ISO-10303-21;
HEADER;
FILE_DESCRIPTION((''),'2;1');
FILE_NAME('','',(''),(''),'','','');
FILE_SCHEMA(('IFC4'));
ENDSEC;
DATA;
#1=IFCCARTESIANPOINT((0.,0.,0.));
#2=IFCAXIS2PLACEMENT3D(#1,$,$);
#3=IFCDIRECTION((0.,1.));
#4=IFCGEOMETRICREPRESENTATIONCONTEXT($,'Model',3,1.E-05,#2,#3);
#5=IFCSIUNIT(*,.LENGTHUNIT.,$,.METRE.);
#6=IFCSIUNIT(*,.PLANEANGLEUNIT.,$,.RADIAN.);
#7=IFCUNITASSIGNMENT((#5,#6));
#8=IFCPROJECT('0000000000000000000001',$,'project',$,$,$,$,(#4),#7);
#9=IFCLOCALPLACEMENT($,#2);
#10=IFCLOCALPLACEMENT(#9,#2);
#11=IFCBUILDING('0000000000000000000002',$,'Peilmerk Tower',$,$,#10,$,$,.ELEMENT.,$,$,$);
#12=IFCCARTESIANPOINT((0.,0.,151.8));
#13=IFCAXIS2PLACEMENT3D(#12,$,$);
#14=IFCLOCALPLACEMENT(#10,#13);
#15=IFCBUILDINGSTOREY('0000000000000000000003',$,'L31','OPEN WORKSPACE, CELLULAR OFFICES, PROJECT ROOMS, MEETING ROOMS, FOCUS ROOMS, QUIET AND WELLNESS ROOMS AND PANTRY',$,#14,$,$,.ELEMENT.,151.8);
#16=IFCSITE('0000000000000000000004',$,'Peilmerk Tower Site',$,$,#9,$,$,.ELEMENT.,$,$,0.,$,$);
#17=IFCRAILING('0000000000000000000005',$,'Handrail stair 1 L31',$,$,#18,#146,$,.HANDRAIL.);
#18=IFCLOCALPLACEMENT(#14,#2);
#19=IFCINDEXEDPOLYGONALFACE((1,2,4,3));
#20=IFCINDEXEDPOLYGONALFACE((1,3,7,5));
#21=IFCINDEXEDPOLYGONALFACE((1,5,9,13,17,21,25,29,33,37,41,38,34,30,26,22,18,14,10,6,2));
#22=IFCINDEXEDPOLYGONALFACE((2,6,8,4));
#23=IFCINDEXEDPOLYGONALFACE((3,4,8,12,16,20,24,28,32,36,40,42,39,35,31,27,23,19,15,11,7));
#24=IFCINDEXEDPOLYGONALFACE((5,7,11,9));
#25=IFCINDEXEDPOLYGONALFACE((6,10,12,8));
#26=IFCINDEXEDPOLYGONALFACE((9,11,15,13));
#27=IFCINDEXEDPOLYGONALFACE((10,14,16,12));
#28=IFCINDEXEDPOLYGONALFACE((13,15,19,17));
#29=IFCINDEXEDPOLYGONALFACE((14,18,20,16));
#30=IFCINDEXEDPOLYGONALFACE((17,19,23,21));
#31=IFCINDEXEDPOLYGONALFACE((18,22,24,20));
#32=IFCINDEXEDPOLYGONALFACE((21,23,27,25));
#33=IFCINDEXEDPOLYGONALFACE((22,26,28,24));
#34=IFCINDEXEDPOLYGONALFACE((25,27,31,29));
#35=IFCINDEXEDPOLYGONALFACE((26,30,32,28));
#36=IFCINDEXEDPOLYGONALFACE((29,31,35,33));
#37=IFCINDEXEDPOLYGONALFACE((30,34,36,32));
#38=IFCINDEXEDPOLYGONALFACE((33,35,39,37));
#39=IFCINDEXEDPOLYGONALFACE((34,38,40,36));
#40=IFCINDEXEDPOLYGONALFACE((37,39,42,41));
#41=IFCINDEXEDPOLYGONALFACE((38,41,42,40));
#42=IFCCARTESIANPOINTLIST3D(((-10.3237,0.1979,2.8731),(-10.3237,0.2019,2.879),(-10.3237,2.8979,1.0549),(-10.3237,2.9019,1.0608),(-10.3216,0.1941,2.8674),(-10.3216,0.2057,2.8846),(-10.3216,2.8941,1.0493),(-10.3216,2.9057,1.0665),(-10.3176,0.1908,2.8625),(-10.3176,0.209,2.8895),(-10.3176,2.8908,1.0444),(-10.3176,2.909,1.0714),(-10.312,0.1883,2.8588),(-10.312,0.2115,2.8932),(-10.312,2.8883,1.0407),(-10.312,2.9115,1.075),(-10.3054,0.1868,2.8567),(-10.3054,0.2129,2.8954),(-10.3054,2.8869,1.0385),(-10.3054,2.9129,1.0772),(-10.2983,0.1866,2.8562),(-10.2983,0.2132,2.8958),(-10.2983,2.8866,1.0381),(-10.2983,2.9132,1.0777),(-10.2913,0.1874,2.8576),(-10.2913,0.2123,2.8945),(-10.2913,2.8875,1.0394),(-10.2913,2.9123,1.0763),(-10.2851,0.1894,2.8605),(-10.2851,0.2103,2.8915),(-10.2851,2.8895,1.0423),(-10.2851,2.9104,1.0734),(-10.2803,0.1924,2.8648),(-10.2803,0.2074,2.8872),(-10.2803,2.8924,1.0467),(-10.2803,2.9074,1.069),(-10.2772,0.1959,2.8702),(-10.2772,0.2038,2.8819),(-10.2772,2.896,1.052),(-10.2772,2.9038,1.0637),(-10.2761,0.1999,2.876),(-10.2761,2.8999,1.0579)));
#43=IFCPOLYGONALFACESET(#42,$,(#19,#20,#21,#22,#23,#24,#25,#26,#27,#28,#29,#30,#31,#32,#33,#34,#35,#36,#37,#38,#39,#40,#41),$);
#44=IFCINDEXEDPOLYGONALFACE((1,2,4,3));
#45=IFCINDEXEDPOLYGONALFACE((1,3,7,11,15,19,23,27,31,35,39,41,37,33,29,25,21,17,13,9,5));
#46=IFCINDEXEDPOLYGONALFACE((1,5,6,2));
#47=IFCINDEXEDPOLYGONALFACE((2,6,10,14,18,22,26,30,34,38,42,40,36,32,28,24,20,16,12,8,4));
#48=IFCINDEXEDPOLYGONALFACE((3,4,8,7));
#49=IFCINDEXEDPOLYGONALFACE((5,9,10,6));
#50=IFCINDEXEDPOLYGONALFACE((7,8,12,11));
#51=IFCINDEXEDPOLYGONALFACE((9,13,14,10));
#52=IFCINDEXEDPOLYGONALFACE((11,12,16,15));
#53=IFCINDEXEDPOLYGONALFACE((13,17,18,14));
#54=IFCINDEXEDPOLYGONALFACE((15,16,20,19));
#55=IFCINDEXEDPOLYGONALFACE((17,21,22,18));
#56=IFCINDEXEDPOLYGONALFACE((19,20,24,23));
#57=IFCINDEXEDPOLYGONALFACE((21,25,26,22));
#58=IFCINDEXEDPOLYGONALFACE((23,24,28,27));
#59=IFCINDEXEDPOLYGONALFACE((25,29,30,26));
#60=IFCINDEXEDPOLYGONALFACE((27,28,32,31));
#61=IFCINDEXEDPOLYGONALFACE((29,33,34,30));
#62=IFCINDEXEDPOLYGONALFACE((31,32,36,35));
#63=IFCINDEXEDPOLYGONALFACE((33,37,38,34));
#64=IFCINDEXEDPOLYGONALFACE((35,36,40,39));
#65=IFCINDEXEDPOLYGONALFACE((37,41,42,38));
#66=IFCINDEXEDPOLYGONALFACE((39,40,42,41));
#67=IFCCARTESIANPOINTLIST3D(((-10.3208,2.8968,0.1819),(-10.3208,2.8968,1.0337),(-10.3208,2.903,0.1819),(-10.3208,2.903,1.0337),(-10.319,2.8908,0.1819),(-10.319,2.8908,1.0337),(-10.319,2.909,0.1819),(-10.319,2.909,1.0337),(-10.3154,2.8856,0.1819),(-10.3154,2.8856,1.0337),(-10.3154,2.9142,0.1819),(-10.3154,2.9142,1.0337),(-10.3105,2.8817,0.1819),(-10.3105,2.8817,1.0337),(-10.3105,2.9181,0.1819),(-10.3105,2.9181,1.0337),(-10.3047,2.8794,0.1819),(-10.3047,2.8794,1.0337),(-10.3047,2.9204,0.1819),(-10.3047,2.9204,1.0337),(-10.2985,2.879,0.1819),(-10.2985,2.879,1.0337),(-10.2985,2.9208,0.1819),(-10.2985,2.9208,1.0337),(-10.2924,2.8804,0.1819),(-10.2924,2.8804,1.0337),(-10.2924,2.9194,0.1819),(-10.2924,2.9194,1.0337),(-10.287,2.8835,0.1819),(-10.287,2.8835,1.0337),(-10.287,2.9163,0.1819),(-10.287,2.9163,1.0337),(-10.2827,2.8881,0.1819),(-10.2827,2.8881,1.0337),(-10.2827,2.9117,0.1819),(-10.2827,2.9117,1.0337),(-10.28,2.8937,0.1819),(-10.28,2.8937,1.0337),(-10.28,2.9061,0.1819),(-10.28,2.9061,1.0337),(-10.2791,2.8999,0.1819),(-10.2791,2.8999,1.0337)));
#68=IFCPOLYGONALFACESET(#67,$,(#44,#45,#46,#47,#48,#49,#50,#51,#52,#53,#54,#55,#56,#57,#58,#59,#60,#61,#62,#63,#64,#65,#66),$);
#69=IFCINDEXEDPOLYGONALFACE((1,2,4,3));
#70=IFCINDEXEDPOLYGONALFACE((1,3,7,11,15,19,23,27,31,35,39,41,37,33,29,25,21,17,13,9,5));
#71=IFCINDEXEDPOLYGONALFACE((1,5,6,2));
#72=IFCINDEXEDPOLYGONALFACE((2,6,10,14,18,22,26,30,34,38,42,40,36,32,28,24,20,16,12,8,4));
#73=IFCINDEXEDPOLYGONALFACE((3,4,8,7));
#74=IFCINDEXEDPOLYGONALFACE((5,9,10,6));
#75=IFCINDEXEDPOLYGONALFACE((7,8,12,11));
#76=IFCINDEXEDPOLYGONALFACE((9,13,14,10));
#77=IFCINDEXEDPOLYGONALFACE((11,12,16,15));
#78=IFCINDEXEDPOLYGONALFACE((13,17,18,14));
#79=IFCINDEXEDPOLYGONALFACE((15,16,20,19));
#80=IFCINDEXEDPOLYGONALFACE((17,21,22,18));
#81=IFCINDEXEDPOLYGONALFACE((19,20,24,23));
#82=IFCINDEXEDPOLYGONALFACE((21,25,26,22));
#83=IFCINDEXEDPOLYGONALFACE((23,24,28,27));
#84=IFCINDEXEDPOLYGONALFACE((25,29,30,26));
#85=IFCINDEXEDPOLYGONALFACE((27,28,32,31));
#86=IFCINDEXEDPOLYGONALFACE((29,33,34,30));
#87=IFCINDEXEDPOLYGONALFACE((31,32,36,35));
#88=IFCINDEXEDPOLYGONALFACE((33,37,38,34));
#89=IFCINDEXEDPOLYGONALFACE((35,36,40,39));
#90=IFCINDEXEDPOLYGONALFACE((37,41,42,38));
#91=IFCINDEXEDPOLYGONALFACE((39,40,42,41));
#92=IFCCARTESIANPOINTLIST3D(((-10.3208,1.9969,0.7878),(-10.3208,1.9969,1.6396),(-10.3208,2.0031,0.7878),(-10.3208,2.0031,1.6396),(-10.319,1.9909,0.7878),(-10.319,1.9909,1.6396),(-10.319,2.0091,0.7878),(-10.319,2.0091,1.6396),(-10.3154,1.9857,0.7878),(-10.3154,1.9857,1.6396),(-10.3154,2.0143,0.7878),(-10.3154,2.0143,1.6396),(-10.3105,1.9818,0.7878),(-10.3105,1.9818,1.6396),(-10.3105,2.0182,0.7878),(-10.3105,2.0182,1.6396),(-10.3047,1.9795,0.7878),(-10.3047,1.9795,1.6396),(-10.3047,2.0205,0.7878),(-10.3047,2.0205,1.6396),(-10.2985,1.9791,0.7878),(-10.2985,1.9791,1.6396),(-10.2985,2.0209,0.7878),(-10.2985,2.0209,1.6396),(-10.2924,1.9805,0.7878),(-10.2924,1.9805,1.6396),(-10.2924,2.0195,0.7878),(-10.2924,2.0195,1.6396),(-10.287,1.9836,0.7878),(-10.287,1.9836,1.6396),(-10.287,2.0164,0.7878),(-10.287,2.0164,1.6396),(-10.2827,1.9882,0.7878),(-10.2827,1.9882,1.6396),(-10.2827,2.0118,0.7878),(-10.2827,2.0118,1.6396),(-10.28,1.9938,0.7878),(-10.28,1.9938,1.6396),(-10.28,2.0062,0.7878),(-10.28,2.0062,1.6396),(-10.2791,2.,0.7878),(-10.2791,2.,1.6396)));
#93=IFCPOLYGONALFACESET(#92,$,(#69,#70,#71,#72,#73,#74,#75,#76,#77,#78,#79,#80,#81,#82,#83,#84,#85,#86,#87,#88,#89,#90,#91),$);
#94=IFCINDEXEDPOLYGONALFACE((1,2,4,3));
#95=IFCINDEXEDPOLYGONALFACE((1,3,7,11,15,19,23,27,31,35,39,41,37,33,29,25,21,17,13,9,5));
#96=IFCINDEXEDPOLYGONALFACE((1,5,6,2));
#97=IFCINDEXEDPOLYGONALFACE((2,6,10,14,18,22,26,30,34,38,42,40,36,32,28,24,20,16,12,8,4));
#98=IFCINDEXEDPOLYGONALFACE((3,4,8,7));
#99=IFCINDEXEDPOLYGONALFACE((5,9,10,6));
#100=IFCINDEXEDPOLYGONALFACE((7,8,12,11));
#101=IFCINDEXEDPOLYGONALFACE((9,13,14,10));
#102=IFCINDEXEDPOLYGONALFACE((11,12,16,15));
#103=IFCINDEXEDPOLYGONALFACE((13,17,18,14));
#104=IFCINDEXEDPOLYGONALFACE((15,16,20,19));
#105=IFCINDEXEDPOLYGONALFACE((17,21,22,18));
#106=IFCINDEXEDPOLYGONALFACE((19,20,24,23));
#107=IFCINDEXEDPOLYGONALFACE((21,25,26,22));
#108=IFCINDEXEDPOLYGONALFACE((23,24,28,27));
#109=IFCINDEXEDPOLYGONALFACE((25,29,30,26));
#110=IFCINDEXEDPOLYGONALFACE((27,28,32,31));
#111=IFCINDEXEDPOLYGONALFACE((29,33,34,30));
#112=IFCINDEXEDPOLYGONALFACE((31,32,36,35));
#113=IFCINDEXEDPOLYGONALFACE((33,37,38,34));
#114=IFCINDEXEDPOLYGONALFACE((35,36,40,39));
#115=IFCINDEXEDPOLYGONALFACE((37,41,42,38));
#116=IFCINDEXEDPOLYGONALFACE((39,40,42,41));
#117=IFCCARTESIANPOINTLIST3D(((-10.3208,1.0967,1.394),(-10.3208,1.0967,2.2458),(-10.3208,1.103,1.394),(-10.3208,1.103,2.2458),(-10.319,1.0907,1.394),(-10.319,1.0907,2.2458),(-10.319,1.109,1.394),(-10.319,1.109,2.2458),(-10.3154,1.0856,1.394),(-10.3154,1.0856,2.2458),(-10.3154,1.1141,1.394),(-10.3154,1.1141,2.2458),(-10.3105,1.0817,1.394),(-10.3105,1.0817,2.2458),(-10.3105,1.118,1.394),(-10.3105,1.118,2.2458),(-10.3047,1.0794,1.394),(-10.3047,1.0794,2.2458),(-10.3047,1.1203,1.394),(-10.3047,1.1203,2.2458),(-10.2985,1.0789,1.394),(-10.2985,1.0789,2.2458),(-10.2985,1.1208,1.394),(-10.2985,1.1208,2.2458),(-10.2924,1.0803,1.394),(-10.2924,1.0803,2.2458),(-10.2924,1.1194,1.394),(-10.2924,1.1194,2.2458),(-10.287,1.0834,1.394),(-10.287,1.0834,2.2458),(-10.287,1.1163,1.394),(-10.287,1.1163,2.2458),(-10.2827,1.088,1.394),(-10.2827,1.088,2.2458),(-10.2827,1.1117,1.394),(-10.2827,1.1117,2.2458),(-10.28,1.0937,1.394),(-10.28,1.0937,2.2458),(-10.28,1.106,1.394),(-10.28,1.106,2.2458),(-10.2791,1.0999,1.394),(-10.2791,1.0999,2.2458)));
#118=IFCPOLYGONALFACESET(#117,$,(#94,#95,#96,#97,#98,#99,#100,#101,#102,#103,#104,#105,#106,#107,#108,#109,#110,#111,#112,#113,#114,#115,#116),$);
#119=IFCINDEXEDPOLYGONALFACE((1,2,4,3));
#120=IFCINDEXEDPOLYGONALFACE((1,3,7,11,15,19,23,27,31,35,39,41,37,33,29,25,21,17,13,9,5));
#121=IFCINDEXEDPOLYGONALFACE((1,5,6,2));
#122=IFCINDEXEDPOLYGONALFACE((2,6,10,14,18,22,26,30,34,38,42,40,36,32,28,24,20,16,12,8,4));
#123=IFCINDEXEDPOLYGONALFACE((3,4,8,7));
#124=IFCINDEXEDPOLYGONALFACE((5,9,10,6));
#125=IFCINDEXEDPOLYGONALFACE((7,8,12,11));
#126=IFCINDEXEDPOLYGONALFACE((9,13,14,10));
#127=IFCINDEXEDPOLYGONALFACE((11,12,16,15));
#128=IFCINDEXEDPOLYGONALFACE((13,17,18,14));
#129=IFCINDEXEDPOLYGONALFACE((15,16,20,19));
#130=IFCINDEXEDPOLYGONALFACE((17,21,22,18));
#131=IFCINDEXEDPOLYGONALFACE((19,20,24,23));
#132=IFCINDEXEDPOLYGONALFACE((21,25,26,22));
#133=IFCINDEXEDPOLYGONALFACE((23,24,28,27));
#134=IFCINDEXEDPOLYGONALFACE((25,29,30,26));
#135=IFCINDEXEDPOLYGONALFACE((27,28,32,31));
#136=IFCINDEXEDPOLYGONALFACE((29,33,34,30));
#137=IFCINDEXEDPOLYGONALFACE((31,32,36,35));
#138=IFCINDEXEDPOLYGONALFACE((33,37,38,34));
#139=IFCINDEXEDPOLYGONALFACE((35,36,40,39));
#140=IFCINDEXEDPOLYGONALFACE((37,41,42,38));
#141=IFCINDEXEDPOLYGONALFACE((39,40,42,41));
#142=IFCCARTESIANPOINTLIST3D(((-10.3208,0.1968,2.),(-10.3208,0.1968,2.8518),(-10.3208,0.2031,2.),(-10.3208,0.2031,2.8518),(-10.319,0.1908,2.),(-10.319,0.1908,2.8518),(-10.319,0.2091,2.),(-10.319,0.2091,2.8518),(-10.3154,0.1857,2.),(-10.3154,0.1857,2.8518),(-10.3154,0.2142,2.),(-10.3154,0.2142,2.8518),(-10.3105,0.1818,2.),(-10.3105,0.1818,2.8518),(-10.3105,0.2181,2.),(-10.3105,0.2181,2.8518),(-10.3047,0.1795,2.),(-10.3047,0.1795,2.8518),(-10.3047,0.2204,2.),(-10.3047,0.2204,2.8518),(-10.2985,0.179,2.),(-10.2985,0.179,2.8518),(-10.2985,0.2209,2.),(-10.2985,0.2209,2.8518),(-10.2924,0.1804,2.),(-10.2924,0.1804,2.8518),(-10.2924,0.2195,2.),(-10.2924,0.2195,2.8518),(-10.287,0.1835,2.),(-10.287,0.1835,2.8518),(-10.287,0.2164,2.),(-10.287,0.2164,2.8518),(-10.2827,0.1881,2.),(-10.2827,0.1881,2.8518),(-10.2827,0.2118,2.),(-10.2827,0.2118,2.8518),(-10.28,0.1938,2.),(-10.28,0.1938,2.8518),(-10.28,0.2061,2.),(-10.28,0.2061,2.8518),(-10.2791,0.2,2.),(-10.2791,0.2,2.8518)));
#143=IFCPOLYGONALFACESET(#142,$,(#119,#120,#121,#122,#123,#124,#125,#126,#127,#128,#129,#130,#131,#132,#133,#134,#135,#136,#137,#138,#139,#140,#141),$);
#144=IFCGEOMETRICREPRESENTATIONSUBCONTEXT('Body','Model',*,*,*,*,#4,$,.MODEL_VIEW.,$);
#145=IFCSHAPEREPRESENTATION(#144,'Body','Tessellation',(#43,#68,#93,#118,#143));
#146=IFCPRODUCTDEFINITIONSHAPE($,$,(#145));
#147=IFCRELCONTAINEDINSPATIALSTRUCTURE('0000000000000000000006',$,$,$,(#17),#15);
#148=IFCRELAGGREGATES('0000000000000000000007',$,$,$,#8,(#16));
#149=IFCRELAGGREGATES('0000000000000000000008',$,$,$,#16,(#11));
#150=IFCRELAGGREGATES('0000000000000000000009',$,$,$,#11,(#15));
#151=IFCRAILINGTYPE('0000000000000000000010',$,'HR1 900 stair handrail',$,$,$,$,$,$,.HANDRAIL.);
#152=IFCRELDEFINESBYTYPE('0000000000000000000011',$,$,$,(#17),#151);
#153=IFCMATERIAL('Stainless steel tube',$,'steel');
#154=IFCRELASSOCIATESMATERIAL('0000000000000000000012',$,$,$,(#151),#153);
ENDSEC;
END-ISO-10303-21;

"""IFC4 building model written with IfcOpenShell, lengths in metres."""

from ifc_helpers import new_model, si_unit, direction, frame, origin, origin_2d, place, context, subcontext, project, spatial, circle, extrude, material, type_object, element, save


model = new_model("IFC4")

# Units and contexts
model_context = context("Model", 3, precision=1e-05, world=origin(), true_north=direction((0.0, 1.0)))
body_context = subcontext(model_context, "Body", "Model", "MODEL_VIEW")
ifc_project = project(units=[si_unit("LENGTHUNIT", "METRE"), si_unit("PLANEANGLEUNIT", "RADIAN")], contexts=[model_context])

# Site, building, storey
site_placement = place(None, origin())
site = spatial("IfcSite", under=ifc_project, at=site_placement, Name="Peilmerk Tower Site", CompositionType="ELEMENT", RefElevation=0.0)
building_placement = place(site_placement, origin())
building = spatial("IfcBuilding", under=site, at=building_placement, Name="Peilmerk Tower", CompositionType="ELEMENT")
storey_placement = place(building_placement, frame((0.0, 0.0, 151.8)))
storey = spatial("IfcBuildingStorey", under=building, at=storey_placement, Name="L31", Description="OPEN WORKSPACE, CELLULAR OFFICES, PROJECT ROOMS, MEETING ROOMS, FOCUS ROOMS, QUIET AND WELLNESS ROOMS AND PANTRY", CompositionType="ELEMENT", Elevation=151.8)

# Railing
ifc_material_1 = material(Name="Stainless steel tube", Category="steel")
railing_type_1 = type_object("IfcRailingType", Name="HR1 900 stair handrail", PredefinedType="HANDRAIL", material=ifc_material_1)
railing_1_placement = place(storey_placement, frame((-10.3, 2.8999, 0.1819)))
element("IfcRailing", 1, at=railing_1_placement, inside=storey, type_object=railing_type_1, Name="Handrail stair 1 L31", PredefinedType="HANDRAIL", context=body_context, shape_type="SweptSolid", body=[
    extrude(circle(Radius=0.0239, at=origin_2d()), frame((0.0, 0.0, 0.876), z_axis=(0.0, -0.829468, 0.558554), x_axis=(1.0, 0.0, 0.0)), (0.0, 0.0, 1.0), 3.2551),
    extrude(circle(Radius=0.021, at=origin_2d()), origin(), (0.0, 0.0, 1.0), 0.8518),
    extrude(circle(Radius=0.021, at=origin_2d()), frame((0.0, -0.8999, 0.606)), (0.0, 0.0, 1.0), 0.8518),
    extrude(circle(Radius=0.021, at=origin_2d()), frame((0.0, -1.8, 1.2122)), (0.0, 0.0, 1.0), 0.8518),
    extrude(circle(Radius=0.021, at=origin_2d()), frame((0.0, -2.7, 1.8181)), (0.0, 0.0, 1.0), 0.8518),
])

save(model, "model.ifc")
